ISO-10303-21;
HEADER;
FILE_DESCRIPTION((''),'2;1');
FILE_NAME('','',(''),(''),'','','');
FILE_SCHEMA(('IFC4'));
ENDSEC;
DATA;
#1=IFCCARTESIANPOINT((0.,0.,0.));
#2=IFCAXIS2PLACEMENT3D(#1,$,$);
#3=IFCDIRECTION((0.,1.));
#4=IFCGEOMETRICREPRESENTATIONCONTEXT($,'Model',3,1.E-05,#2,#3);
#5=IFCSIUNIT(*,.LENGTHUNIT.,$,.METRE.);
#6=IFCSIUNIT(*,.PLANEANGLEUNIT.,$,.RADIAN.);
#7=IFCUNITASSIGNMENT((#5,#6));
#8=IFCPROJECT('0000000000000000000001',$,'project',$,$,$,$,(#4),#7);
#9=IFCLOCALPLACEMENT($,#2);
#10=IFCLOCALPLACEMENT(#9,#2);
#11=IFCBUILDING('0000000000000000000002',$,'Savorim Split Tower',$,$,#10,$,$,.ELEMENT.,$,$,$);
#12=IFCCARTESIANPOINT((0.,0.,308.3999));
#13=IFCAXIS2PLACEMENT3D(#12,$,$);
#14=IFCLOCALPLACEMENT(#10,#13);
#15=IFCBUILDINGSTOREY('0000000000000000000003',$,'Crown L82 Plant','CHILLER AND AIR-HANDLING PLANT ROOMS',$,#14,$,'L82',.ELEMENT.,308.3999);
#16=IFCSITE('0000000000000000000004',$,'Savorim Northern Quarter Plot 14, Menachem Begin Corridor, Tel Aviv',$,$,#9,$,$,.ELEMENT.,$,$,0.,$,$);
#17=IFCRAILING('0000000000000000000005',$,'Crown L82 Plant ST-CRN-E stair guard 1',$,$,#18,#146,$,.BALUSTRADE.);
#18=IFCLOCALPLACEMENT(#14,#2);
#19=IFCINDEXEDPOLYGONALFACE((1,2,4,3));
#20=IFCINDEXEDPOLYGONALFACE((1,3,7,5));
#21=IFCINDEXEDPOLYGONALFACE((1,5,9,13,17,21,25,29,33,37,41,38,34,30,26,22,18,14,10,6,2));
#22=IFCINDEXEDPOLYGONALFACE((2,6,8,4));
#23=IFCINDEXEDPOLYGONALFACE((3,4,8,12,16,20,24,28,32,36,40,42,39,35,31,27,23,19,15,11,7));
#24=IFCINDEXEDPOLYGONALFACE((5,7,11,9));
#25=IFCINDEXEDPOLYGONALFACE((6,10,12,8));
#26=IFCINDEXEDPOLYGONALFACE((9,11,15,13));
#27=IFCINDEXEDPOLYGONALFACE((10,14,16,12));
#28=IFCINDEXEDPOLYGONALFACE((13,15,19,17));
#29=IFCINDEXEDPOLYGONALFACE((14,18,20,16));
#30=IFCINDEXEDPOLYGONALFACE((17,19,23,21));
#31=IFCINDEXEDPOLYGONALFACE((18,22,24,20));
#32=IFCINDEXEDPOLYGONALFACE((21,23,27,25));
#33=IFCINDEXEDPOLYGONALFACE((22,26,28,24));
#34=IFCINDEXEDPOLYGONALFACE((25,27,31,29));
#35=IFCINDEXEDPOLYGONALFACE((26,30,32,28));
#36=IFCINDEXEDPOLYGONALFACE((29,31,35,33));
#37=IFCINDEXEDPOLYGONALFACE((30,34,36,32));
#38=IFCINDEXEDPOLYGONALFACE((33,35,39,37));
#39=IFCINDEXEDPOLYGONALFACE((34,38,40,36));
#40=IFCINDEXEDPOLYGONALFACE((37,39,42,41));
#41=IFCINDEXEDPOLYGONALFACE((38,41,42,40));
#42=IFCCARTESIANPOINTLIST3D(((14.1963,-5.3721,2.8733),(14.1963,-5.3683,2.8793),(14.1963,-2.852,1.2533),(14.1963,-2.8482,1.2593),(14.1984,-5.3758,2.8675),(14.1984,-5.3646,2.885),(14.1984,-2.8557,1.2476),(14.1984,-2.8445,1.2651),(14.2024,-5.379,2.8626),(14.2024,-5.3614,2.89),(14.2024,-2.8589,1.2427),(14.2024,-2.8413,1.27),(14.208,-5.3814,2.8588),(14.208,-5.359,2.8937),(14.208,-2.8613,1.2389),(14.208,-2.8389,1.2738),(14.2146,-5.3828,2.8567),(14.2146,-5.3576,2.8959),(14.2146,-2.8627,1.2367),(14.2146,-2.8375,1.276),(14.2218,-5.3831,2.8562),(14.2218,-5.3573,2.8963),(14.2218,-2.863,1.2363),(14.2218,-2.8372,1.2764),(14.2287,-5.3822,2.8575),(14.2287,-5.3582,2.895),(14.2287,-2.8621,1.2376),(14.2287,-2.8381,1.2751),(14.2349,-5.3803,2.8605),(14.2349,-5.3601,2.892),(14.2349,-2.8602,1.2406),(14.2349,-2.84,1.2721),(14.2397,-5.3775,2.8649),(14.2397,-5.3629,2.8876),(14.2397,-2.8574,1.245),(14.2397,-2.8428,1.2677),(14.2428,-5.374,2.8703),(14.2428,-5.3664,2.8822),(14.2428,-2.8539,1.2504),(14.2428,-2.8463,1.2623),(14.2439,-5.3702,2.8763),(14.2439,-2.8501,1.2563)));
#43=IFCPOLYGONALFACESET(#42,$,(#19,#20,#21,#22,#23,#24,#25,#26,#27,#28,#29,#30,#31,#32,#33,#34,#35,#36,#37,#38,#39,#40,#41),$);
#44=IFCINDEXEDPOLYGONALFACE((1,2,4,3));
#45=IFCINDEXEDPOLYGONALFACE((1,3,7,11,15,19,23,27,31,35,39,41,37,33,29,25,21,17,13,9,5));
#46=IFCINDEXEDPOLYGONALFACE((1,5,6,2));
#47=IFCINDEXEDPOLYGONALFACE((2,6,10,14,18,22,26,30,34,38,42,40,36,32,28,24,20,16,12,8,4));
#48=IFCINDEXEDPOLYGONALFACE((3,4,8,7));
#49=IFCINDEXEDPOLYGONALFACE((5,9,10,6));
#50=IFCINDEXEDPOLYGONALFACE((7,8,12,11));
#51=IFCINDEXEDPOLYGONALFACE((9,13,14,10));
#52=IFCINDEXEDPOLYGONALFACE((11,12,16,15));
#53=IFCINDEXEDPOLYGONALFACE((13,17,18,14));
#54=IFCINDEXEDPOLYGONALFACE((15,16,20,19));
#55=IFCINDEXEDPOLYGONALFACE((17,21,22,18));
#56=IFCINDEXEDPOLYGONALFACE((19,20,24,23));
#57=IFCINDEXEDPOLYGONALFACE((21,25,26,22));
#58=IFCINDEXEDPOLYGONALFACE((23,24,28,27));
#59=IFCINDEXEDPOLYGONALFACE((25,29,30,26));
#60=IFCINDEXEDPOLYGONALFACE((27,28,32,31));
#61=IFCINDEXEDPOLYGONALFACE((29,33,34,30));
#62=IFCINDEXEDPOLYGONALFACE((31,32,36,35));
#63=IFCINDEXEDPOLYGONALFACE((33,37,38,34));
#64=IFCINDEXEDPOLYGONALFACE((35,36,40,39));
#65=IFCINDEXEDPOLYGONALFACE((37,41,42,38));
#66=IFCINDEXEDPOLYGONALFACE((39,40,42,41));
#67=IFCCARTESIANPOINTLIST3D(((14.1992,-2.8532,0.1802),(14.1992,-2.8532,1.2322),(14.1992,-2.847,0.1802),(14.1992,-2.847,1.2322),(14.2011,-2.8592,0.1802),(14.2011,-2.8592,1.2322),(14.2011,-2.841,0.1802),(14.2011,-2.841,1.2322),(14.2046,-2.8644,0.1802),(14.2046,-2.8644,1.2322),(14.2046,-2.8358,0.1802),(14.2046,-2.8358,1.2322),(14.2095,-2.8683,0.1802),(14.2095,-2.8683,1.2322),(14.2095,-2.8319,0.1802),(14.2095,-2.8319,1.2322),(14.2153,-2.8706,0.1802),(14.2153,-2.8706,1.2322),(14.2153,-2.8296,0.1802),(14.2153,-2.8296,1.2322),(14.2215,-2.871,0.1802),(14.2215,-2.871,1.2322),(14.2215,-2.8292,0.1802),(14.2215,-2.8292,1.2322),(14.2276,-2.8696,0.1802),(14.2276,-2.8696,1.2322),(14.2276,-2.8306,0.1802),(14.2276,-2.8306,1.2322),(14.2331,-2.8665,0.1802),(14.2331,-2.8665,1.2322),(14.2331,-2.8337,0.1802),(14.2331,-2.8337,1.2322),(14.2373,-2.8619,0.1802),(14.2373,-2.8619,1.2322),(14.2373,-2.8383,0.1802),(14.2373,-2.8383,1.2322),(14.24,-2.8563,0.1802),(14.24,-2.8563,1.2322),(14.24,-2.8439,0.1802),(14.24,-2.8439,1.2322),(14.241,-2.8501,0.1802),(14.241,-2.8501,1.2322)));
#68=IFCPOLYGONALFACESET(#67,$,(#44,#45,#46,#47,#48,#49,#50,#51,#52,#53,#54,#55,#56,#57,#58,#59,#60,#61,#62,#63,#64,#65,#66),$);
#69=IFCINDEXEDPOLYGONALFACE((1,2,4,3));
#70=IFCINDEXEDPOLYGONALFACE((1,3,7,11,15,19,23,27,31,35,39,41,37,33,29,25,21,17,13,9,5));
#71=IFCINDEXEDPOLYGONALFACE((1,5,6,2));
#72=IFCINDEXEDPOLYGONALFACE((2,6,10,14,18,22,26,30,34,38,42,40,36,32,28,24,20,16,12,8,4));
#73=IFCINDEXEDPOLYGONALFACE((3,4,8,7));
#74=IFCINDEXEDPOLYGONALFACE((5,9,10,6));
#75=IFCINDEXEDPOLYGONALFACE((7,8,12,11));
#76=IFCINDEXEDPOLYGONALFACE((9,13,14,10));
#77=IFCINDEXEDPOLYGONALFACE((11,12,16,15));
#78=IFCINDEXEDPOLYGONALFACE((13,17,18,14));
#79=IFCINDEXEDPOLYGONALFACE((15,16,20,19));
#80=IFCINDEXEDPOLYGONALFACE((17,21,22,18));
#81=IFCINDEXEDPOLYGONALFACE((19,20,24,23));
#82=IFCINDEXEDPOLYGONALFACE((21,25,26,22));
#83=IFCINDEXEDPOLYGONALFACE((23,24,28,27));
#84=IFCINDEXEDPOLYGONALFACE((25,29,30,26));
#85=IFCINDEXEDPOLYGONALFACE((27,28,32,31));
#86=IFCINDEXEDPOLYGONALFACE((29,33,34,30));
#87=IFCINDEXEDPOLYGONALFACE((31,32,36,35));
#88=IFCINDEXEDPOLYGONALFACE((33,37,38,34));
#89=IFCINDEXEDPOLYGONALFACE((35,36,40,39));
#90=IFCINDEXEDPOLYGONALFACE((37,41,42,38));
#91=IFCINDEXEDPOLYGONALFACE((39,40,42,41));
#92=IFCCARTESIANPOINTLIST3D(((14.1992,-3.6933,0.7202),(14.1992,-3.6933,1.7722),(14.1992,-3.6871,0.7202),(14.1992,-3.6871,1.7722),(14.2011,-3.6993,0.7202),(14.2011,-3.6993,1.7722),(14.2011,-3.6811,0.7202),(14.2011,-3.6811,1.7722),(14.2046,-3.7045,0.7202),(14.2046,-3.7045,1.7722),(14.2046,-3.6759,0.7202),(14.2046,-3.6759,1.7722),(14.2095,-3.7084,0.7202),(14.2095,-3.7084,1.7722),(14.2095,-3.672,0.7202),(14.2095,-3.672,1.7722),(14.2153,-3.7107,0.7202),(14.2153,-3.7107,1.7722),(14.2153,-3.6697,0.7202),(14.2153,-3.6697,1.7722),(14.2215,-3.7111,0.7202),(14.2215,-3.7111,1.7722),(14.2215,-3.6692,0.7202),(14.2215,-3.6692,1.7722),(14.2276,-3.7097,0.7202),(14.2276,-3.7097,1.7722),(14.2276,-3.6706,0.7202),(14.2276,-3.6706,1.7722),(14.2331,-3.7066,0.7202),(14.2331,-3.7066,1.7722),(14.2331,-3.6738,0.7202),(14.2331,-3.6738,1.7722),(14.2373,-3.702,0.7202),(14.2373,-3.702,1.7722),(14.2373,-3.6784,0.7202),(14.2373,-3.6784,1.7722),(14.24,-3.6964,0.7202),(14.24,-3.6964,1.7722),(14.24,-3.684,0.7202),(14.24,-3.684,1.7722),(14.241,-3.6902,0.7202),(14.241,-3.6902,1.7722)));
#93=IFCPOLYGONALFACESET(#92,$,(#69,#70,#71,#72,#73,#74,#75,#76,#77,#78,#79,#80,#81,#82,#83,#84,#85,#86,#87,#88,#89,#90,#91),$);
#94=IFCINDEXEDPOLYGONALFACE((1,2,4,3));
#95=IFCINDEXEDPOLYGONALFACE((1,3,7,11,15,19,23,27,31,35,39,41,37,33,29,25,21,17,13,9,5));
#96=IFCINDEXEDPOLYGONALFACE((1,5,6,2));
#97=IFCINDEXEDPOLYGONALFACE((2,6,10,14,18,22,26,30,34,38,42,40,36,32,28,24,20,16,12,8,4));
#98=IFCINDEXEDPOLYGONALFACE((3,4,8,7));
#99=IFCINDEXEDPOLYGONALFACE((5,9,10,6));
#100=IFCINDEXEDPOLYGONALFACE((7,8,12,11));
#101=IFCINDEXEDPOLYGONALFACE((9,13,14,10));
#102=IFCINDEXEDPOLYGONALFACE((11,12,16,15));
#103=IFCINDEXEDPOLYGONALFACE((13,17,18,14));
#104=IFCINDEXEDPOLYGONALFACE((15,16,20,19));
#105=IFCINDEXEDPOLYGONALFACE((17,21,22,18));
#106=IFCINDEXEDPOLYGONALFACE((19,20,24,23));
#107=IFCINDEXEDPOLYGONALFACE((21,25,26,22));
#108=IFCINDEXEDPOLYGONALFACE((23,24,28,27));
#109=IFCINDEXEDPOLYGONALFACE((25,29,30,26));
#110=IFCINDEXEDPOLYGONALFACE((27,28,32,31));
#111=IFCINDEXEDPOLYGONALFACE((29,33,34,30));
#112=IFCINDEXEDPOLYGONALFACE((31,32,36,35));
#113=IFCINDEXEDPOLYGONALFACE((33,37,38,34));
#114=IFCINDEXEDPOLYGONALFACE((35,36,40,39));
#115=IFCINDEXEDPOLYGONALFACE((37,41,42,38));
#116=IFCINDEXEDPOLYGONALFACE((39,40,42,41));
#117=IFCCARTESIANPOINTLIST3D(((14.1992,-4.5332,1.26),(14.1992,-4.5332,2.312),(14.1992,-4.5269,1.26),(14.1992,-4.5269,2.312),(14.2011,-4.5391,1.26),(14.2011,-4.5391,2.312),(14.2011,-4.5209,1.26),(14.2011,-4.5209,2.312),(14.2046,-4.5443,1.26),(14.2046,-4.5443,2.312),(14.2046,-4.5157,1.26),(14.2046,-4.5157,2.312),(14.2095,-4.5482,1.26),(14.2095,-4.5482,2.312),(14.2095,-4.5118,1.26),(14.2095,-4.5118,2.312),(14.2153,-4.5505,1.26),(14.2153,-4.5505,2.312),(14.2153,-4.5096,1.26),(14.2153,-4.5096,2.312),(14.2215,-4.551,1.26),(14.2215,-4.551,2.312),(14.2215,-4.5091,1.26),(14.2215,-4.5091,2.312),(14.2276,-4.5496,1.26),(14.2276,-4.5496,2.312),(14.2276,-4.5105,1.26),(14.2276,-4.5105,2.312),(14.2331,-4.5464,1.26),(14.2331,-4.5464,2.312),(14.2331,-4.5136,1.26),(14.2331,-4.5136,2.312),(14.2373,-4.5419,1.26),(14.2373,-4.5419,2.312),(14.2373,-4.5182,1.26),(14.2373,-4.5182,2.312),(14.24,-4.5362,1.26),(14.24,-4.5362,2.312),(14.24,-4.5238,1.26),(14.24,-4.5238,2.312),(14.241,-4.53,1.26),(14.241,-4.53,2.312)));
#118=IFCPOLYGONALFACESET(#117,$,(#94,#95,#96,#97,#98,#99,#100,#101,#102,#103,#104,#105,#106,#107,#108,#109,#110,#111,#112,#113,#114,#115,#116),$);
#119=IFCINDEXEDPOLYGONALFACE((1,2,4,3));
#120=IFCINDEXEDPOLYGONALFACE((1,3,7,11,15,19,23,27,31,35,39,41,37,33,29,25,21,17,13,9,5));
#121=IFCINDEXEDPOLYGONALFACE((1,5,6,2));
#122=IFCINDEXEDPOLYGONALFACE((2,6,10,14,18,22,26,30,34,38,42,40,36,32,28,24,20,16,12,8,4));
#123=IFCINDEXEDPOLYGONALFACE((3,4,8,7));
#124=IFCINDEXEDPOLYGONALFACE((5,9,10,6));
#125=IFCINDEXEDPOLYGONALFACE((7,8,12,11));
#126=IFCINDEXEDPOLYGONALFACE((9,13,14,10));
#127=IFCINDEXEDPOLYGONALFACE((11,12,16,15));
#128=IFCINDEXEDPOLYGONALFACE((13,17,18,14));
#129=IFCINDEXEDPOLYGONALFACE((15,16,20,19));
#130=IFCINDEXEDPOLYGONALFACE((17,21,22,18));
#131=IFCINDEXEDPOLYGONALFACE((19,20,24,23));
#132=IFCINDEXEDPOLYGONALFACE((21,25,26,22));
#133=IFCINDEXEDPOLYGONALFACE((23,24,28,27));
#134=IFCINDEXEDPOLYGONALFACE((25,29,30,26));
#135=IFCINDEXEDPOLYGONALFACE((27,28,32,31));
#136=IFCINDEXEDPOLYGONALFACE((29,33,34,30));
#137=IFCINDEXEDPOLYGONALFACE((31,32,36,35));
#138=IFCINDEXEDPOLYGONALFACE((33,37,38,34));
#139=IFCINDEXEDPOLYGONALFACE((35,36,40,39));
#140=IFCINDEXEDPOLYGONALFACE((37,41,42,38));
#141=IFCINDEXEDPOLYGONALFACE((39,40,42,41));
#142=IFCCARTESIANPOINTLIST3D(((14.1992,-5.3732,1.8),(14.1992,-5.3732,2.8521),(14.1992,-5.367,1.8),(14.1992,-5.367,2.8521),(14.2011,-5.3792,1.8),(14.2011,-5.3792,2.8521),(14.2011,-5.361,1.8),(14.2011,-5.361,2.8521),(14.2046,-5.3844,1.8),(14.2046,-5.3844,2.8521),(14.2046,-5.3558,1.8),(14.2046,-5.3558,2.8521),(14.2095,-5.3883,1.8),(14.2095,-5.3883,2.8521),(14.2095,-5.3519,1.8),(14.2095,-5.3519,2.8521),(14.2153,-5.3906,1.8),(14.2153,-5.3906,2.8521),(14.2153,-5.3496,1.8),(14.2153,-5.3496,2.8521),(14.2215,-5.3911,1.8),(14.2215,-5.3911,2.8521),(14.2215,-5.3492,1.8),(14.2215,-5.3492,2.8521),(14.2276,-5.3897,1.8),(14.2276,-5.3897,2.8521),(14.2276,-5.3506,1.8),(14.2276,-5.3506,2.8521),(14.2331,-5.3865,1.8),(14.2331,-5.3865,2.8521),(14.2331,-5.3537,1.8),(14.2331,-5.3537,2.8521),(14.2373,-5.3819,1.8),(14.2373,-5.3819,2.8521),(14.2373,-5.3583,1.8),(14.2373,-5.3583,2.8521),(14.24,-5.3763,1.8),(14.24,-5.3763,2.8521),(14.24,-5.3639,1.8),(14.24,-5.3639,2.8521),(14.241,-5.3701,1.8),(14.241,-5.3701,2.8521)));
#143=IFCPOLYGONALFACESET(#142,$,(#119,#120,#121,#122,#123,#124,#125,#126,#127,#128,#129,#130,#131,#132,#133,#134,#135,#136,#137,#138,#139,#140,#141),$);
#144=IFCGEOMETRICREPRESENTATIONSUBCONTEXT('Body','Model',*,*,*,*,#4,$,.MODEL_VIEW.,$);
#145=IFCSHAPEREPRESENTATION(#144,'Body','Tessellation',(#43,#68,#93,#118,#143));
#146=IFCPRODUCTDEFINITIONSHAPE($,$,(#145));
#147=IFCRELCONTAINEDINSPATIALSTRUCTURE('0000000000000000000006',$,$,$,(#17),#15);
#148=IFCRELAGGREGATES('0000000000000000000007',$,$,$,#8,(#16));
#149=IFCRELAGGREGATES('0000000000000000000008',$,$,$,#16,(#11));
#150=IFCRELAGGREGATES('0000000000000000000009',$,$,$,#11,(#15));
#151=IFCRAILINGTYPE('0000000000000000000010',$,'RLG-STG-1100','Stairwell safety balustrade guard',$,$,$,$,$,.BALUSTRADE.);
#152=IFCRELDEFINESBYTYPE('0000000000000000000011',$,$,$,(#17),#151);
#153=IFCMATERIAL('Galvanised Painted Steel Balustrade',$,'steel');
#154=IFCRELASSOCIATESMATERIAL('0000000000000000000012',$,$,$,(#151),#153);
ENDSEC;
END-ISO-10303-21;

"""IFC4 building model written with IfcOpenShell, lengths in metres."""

from ifc_helpers import new_model, si_unit, direction, frame, origin, origin_2d, place, context, subcontext, project, spatial, circle, extrude, material, type_object, element, save


model = new_model("IFC4")

# Units and contexts
model_context = context("Model", 3, precision=1e-05, world=origin(), true_north=direction((0.0, 1.0)))
body_context = subcontext(model_context, "Body", "Model", "MODEL_VIEW")
ifc_project = project(units=[si_unit("LENGTHUNIT", "METRE"), si_unit("PLANEANGLEUNIT", "RADIAN")], contexts=[model_context])

# Site, building, storey
site_placement = place(None, origin())
site = spatial("IfcSite", under=ifc_project, at=site_placement, Name="Savorim Northern Quarter Plot 14, Menachem Begin Corridor, Tel Aviv", CompositionType="ELEMENT", RefElevation=0.0)
building_placement = place(site_placement, origin())
building = spatial("IfcBuilding", under=site, at=building_placement, Name="Savorim Split Tower", CompositionType="ELEMENT")
storey_placement = place(building_placement, frame((0.0, 0.0, 308.3999)))
storey = spatial("IfcBuildingStorey", under=building, at=storey_placement, Name="Crown L82 Plant", Description="CHILLER AND AIR-HANDLING PLANT ROOMS", LongName="L82", CompositionType="ELEMENT", Elevation=308.3999)

# Railing
ifc_material_1 = material(Name="Galvanised Painted Steel Balustrade", Category="steel")
railing_type_1 = type_object("IfcRailingType", Name="RLG-STG-1100", Description="Stairwell safety balustrade guard", PredefinedType="BALUSTRADE", material=ifc_material_1)
railing_1_placement = place(storey_placement, frame((14.22, -2.8501, 0.1802)))
element("IfcRailing", 1, at=railing_1_placement, inside=storey, type_object=railing_type_1, Name="Crown L82 Plant ST-CRN-E stair guard 1", PredefinedType="BALUSTRADE", context=body_context, shape_type="SweptSolid", body=[
    extrude(circle(Radius=0.0239, at=origin_2d()), frame((0.0, 0.0, 1.0762), z_axis=(0.0, -0.8412, 0.540725), x_axis=(1.0, 0.0, 0.0)), (0.0, 0.0, 1.0), 2.9958),
    extrude(circle(Radius=0.021, at=origin_2d()), origin(), (0.0, 0.0, 1.0), 1.052),
    extrude(circle(Radius=0.021, at=origin_2d()), frame((0.0, -0.8401, 0.54)), (0.0, 0.0, 1.0), 1.052),
    extrude(circle(Radius=0.021, at=origin_2d()), frame((0.0, -1.6799, 1.0798)), (0.0, 0.0, 1.0), 1.052),
    extrude(circle(Radius=0.021, at=origin_2d()), frame((0.0, -2.52, 1.6199)), (0.0, 0.0, 1.0), 1.052),
])

save(model, "model.ifc")
